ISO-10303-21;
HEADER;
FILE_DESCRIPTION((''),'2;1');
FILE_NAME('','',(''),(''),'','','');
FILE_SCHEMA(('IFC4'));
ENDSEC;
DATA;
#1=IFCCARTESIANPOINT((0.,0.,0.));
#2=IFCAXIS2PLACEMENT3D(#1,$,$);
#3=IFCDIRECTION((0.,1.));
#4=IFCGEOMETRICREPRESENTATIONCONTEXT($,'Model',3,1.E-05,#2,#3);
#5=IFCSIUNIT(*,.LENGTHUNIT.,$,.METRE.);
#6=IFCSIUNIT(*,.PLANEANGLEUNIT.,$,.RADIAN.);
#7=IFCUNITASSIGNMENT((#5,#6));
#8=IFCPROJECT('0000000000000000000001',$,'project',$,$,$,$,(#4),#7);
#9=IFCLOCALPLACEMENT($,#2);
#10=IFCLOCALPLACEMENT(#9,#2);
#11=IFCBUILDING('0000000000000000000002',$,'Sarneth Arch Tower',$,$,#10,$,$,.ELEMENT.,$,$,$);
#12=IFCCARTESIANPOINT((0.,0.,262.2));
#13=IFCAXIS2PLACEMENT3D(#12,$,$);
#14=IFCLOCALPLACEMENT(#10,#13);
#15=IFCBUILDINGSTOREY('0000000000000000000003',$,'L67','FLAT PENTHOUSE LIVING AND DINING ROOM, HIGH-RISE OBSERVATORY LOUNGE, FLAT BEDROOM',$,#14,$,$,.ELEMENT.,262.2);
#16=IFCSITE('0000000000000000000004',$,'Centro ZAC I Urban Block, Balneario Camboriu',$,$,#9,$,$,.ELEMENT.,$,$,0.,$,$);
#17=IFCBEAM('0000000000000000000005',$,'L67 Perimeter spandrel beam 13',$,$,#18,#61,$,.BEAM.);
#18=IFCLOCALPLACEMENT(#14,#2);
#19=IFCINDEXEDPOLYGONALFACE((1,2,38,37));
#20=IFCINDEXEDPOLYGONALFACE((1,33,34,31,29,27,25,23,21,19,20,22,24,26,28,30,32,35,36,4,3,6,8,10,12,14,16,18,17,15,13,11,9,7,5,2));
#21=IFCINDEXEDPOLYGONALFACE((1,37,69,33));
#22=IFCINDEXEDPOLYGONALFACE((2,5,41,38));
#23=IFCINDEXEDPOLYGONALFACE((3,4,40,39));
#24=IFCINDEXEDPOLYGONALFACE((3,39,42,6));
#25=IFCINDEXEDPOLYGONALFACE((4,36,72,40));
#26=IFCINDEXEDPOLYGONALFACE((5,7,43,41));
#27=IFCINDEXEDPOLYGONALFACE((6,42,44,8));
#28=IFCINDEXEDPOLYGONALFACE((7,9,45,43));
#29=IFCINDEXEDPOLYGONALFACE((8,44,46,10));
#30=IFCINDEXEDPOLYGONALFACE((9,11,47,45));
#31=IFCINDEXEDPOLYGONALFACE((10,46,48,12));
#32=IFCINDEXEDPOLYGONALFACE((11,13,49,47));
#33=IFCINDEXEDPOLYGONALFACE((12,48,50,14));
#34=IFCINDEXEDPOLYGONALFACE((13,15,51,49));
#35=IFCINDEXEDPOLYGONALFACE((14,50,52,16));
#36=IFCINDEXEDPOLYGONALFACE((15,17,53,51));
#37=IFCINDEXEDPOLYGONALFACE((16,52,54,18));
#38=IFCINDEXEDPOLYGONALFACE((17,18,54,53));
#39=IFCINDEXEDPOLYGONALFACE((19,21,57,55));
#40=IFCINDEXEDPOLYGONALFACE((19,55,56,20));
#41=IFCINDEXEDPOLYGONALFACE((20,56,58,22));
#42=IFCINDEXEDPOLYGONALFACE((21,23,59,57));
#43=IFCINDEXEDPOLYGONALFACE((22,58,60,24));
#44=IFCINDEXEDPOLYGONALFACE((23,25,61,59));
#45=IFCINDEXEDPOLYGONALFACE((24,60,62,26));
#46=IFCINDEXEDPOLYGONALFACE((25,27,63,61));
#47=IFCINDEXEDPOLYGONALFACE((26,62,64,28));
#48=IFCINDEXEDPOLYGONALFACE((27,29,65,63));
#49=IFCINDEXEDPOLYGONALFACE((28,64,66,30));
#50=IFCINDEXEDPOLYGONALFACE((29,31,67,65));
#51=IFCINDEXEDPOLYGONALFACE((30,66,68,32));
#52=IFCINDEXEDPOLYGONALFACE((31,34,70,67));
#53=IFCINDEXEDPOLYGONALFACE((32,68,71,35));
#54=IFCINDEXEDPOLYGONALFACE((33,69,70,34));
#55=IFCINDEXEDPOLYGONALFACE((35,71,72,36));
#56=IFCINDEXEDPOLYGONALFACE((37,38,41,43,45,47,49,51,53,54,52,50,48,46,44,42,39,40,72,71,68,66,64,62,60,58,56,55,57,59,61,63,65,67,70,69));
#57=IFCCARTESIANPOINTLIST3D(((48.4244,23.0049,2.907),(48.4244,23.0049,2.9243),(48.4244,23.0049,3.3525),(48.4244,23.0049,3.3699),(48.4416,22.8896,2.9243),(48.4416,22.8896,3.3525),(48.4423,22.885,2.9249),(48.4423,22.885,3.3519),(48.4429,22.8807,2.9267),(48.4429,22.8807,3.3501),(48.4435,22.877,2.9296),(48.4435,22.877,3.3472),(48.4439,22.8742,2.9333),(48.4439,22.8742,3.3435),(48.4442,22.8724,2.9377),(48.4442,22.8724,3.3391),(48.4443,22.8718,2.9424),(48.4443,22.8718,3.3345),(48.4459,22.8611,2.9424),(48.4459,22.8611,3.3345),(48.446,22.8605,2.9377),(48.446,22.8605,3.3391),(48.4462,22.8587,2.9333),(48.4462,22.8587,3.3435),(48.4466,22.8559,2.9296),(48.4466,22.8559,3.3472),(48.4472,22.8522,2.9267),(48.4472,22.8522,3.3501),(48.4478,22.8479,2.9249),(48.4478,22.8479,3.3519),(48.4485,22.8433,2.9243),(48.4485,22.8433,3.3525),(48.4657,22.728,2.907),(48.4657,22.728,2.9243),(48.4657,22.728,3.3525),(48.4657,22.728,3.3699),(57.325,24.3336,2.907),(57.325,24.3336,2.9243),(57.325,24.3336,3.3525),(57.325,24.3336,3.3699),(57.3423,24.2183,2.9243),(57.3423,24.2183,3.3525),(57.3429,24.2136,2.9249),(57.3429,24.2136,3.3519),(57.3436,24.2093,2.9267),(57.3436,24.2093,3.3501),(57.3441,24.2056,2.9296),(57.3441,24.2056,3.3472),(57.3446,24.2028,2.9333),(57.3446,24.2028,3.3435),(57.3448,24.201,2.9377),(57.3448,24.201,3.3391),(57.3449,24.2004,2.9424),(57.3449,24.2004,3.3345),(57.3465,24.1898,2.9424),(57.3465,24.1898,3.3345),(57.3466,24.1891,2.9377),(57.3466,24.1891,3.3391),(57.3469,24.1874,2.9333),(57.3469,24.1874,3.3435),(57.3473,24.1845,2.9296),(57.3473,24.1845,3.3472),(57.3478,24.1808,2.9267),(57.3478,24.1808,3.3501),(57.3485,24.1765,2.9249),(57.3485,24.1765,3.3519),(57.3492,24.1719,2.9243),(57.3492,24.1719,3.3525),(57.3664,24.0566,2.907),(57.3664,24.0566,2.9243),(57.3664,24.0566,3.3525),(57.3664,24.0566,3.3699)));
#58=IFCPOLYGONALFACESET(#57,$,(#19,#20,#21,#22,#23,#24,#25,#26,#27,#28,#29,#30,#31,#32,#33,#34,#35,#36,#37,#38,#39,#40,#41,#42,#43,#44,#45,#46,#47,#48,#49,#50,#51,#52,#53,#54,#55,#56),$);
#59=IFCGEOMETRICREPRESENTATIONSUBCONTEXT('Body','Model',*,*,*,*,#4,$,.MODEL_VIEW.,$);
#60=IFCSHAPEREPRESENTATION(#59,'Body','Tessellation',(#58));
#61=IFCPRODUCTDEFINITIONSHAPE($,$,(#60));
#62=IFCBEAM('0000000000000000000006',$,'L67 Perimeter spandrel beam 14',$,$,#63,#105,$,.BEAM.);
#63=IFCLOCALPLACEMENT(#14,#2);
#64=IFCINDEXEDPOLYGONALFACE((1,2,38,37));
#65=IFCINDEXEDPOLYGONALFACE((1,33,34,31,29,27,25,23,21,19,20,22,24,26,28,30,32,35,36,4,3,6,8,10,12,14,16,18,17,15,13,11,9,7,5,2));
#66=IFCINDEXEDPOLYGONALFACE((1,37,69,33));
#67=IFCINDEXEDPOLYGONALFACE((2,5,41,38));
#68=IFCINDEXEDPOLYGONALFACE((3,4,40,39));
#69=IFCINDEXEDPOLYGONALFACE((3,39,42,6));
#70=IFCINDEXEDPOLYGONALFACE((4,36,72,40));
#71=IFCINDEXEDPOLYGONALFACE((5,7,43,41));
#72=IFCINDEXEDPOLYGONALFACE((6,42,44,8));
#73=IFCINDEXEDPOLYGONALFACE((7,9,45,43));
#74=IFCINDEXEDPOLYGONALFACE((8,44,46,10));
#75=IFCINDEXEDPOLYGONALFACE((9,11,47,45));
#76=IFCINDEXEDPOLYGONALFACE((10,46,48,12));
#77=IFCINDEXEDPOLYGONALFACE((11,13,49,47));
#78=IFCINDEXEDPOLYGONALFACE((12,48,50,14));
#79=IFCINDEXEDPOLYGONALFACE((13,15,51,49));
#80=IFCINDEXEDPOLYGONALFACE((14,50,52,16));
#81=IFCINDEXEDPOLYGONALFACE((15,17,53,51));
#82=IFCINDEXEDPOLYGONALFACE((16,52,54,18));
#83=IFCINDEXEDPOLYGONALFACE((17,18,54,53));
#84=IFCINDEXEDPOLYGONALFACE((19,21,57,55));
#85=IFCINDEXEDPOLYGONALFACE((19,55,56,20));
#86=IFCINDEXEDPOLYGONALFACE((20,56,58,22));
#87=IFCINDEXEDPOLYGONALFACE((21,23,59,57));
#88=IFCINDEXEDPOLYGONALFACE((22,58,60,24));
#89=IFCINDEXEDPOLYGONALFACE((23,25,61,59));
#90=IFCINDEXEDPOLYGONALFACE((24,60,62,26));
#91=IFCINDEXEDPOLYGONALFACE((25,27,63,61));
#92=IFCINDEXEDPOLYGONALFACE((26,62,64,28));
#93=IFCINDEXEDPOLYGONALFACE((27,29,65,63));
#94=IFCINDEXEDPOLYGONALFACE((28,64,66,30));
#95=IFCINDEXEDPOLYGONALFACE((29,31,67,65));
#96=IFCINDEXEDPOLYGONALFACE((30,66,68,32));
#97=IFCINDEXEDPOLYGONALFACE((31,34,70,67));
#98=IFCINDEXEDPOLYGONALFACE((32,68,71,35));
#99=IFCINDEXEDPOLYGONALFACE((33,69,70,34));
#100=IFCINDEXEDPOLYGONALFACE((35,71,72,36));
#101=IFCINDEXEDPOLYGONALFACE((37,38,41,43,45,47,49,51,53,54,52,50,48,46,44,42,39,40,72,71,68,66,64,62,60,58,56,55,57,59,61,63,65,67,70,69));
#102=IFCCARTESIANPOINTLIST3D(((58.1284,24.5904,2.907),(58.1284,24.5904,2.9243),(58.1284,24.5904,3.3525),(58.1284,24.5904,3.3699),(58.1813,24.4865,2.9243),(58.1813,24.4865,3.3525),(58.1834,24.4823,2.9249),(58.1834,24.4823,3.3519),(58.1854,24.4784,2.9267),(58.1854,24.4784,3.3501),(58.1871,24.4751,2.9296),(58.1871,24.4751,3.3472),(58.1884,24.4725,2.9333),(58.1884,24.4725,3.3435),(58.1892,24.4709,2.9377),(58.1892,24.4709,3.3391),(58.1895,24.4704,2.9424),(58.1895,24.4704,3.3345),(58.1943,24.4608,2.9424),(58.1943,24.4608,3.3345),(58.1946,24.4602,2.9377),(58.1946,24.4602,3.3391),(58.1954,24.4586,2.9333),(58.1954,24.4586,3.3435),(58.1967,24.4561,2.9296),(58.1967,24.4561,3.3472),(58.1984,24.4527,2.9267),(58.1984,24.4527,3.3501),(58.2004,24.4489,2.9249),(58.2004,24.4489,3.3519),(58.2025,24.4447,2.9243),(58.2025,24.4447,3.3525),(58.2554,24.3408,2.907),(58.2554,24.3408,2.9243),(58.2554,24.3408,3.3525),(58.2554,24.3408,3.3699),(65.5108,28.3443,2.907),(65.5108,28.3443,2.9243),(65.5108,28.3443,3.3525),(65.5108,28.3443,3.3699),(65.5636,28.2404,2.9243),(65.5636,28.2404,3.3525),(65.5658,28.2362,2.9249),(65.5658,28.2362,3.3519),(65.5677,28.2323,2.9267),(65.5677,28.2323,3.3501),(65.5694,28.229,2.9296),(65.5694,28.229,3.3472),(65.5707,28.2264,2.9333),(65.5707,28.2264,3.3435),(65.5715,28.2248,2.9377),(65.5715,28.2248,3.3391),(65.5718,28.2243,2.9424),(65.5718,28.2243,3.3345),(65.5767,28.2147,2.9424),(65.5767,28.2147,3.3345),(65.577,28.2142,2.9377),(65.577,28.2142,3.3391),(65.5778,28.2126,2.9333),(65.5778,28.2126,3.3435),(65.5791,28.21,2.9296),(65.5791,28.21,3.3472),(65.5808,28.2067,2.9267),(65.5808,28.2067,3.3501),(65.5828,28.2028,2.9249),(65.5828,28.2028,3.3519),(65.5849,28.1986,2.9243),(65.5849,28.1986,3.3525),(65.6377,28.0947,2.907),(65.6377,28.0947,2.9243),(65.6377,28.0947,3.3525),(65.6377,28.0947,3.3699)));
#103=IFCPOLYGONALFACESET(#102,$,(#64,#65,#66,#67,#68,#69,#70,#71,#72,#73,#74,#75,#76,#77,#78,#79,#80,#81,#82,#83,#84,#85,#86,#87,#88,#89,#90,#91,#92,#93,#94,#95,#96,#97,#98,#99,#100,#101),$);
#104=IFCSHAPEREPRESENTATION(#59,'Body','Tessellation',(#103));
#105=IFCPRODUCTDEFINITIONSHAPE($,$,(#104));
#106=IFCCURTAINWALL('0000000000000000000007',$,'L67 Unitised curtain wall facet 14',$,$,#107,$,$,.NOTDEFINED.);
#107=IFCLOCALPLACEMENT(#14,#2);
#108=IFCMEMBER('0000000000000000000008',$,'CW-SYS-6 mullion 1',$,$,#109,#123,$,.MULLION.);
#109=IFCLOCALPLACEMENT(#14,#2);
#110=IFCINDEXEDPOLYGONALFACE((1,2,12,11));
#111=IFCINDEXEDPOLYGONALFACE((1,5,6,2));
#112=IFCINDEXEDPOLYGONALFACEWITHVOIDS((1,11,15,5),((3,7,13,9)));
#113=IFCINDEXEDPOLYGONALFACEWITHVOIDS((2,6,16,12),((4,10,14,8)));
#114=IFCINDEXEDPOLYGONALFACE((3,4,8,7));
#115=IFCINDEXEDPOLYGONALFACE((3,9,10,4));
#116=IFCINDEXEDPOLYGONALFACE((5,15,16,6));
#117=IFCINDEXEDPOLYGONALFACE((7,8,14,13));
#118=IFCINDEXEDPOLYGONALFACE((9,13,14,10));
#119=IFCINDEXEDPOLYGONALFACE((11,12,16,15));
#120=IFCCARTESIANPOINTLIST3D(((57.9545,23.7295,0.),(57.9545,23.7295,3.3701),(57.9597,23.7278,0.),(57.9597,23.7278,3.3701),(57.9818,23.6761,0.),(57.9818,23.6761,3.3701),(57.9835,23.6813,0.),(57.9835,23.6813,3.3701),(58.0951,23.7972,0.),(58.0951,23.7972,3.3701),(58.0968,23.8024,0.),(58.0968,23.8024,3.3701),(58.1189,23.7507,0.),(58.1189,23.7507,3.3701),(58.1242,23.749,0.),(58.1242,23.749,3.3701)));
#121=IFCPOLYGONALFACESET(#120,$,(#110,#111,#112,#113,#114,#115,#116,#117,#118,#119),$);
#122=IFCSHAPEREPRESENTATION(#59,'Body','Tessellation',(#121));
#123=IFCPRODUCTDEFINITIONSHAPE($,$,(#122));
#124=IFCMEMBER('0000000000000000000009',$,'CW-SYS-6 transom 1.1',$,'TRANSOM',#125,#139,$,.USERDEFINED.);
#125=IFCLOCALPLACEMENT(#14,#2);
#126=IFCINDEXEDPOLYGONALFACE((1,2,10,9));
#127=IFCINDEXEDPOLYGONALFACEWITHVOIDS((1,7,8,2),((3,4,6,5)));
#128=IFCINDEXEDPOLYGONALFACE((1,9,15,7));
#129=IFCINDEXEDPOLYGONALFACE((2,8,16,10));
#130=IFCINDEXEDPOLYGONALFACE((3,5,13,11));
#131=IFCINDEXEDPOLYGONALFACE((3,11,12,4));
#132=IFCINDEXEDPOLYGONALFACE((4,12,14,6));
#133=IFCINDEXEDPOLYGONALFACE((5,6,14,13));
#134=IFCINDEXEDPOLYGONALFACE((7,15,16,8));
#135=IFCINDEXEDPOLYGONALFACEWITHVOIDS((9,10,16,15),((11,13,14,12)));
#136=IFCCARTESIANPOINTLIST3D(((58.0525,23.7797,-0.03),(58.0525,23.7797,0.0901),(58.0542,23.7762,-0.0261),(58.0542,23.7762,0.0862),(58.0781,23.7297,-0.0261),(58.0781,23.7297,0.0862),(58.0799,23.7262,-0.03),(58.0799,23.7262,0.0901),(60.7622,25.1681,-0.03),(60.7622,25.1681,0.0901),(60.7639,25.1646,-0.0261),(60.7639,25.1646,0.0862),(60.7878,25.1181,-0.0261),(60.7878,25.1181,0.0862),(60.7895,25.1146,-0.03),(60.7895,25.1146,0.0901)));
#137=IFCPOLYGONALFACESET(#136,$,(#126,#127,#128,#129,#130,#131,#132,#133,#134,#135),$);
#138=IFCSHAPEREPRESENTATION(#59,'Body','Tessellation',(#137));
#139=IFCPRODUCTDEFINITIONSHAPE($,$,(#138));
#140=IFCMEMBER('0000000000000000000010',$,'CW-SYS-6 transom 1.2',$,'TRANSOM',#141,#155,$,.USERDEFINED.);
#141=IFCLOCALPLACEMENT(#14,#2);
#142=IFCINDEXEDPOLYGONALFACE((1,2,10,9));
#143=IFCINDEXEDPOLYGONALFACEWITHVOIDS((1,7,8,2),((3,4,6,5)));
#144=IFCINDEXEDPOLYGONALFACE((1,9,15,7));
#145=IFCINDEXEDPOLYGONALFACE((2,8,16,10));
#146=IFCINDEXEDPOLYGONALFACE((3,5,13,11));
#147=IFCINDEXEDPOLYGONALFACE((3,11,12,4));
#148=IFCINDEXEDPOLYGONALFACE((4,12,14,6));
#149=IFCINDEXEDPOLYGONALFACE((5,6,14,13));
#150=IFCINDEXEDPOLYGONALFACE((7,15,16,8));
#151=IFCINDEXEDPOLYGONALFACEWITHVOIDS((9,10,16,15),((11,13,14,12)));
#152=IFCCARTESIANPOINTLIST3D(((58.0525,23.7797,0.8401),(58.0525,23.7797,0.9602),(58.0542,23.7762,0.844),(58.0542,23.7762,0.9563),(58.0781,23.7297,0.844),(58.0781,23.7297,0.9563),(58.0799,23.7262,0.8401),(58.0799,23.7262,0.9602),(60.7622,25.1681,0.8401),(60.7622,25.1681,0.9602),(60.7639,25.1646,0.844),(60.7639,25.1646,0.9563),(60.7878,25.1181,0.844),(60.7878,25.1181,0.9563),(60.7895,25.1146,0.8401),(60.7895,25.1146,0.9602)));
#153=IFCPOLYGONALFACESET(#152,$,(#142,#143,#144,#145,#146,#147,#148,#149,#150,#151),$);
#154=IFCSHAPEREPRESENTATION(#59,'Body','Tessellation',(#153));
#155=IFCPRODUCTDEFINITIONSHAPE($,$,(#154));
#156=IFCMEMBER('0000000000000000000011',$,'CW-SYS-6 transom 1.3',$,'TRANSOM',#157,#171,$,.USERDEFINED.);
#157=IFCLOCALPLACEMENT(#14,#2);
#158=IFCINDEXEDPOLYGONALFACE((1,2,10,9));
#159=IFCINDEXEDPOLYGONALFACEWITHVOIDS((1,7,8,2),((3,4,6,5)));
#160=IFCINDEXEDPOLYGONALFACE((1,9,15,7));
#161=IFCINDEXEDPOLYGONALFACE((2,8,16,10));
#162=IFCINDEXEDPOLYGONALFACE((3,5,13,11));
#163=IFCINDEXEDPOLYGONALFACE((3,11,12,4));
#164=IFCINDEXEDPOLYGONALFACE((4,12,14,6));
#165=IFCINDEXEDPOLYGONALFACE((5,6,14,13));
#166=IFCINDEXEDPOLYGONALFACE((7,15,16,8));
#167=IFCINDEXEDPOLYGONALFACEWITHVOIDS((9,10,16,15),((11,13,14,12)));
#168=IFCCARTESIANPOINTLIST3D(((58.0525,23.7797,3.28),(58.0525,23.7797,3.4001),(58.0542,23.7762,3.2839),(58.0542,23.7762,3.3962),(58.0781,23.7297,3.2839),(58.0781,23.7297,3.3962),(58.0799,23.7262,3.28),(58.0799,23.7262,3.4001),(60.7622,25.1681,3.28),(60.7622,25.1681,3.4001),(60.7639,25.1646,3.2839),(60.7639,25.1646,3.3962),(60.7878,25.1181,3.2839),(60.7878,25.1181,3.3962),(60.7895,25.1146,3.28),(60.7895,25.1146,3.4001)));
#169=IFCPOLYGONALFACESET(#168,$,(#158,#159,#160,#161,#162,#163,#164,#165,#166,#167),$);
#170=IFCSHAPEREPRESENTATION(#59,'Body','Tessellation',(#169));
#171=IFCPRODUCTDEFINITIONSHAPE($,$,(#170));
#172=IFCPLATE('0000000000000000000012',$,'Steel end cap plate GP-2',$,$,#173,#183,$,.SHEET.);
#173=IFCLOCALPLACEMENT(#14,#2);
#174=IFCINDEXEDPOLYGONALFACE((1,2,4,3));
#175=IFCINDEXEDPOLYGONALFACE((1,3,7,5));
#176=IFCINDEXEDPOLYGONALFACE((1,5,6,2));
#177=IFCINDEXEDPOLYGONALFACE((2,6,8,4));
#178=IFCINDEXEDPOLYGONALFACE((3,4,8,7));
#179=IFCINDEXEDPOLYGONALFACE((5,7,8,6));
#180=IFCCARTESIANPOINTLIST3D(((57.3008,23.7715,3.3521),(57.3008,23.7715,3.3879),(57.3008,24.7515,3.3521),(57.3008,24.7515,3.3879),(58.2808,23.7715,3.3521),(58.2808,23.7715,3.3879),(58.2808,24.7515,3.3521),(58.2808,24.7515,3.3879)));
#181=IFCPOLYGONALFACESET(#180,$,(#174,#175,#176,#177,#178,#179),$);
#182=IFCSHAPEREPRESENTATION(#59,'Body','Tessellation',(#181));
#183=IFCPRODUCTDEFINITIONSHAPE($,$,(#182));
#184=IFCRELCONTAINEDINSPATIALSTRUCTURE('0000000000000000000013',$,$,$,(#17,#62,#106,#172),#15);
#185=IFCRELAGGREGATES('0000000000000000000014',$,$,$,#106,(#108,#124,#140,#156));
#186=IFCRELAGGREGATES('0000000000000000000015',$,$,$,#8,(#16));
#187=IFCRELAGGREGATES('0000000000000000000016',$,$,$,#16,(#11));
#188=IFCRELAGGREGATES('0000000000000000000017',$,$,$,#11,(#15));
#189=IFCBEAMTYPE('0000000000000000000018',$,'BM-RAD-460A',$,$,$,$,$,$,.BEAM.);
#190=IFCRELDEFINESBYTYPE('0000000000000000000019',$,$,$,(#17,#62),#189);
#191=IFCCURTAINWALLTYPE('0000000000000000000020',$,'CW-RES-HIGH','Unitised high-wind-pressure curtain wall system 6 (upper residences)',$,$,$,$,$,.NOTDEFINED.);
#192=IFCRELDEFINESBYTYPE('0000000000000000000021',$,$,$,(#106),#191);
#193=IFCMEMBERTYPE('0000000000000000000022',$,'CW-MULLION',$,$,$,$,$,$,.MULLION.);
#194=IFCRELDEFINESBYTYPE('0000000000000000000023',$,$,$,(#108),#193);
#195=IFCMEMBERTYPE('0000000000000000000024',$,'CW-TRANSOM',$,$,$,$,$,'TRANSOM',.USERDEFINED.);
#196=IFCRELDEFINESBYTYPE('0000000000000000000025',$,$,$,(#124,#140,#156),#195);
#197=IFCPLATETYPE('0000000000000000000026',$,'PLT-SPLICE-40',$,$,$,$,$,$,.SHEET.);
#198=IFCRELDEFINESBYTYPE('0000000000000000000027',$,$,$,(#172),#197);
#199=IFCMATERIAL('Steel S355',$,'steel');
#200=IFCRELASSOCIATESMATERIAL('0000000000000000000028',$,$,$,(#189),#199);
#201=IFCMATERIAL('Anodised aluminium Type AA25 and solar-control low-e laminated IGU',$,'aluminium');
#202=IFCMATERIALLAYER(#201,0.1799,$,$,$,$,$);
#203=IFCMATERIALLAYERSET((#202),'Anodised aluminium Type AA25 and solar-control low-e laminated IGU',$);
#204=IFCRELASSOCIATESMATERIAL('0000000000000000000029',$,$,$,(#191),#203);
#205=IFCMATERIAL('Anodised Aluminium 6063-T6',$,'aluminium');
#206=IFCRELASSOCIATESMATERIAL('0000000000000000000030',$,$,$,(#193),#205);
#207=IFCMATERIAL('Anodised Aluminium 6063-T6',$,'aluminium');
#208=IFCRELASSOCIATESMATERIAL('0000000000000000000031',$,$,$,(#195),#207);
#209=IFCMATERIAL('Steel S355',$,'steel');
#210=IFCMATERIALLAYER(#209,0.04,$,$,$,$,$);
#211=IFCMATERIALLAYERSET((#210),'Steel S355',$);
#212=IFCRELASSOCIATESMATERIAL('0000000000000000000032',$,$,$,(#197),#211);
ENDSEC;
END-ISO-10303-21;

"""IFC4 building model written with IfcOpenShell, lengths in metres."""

from ifc_helpers import new_model, si_unit, direction, frame, origin, origin_2d, place, context, subcontext, project, spatial, rectangle, hollow_rectangle, i_section, extrude, material, layer, layer_set, material_profile, profile_set, type_object, element, aggregate, save


model = new_model("IFC4")

# Units and contexts
model_context = context("Model", 3, precision=1e-05, world=origin(), true_north=direction((0.0, 1.0)))
body_context = subcontext(model_context, "Body", "Model", "MODEL_VIEW")
ifc_project = project(units=[si_unit("LENGTHUNIT", "METRE"), si_unit("PLANEANGLEUNIT", "RADIAN")], contexts=[model_context])

# Site, building, storey
site_placement = place(None, origin())
site = spatial("IfcSite", under=ifc_project, at=site_placement, Name="Centro ZAC I Urban Block, Balneario Camboriu", CompositionType="ELEMENT", RefElevation=0.0)
building_placement = place(site_placement, origin())
building = spatial("IfcBuilding", under=site, at=building_placement, Name="Sarneth Arch Tower", CompositionType="ELEMENT")
storey_placement = place(building_placement, frame((0.0, 0.0, 262.2)))
storey = spatial("IfcBuildingStorey", under=building, at=storey_placement, Name="L67", Description="FLAT PENTHOUSE LIVING AND DINING ROOM, HIGH-RISE OBSERVATORY LOUNGE, FLAT BEDROOM", CompositionType="ELEMENT", Elevation=262.2)

# Beams
ifc_material_1 = material(Name="Steel S355", Category="steel")
ifc_material_profile_1 = material_profile(ifc_material_1, i_section(OverallWidth=0.28, OverallDepth=0.4629, WebThickness=0.0107, FlangeThickness=0.0173, FilletRadius=0.0181, at=origin_2d()), Name="W460x113")
ifc_profile_set_1 = profile_set([ifc_material_profile_1], Name="Steel S355")
beam_type_1 = type_object("IfcBeamType", Name="BM-RAD-460A", PredefinedType="BEAM", material=ifc_profile_set_1)
beam_1_placement = place(storey_placement, frame((48.4451, 22.8665, 3.1384), z_axis=(0.989042, 0.147636, 0.0), x_axis=(-0.147636, 0.989042, 0.0)))
element("IfcBeam", 1, at=beam_1_placement, inside=storey, type_object=beam_type_1, Name="L67 Perimeter spandrel beam 13", PredefinedType="BEAM", context=body_context, shape_type="SweptSolid", body=[
    extrude(i_section(OverallWidth=0.28, OverallDepth=0.4629, WebThickness=0.0107, FlangeThickness=0.0173, FilletRadius=0.0181, at=origin_2d()), origin(), (0.0, 0.0, 1.0), 8.9993),
])
beam_2_placement = place(storey_placement, frame((58.1919, 24.4656, 3.1384), z_axis=(0.891376, 0.453264, 0.0), x_axis=(-0.453264, 0.891376, 0.0)))
element("IfcBeam", 2, at=beam_2_placement, inside=storey, type_object=beam_type_1, Name="L67 Perimeter spandrel beam 14", PredefinedType="BEAM", context=body_context, shape_type="SweptSolid", body=[
    extrude(i_section(OverallWidth=0.28, OverallDepth=0.4629, WebThickness=0.0107, FlangeThickness=0.0173, FilletRadius=0.0181, at=origin_2d()), origin(), (0.0, 0.0, 1.0), 8.282),
])

# Curtain wall, members
ifc_material_2 = material(Name="Anodised aluminium Type AA25 and solar-control low-e laminated IGU", Category="aluminium")
ifc_layer_1 = layer(ifc_material_2, 0.1799)
ifc_layer_set_1 = layer_set([ifc_layer_1], Name="Anodised aluminium Type AA25 and solar-control low-e laminated IGU")
curtain_wall_type = type_object("IfcCurtainWallType", Name="CW-RES-HIGH", Description="Unitised high-wind-pressure curtain wall system 6 (upper residences)", PredefinedType="NOTDEFINED", material=ifc_layer_set_1)
curtain_wall_placement = place(storey_placement, origin())
curtain_wall = element("IfcCurtainWall", 3, at=curtain_wall_placement, inside=storey, type_object=curtain_wall_type, Name="L67 Unitised curtain wall facet 14", PredefinedType="NOTDEFINED")
ifc_material_3 = material(Name="Anodised Aluminium 6063-T6", Category="aluminium")
ifc_material_profile_2 = material_profile(ifc_material_3, hollow_rectangle(XDim=0.0601, YDim=0.1599, WallThickness=0.0039, at=origin_2d()), Name="AL-MULL-160x60x4")
ifc_profile_set_2 = profile_set([ifc_material_profile_2], Name="Anodised Aluminium 6063-T6")
member_type_1 = type_object("IfcMemberType", Name="CW-MULLION", PredefinedType="MULLION", material=ifc_profile_set_2)
member_1_placement = place(storey_placement, frame((58.0393, 23.7393, 0.0), z_axis=(0.0, 0.0, 1.0), x_axis=(-0.455942, 0.89001, 0.0)))
member_1 = element("IfcMember", 4, at=member_1_placement, type_object=member_type_1, Name="CW-SYS-6 mullion 1", PredefinedType="MULLION", context=body_context, shape_type="SweptSolid", body=[
    extrude(hollow_rectangle(XDim=0.0601, YDim=0.1599, WallThickness=0.0039, at=origin_2d()), origin(), (0.0, 0.0, 1.0), 3.3701),
])
ifc_material_4 = material(Name="Anodised Aluminium 6063-T6", Category="aluminium")
ifc_material_profile_3 = material_profile(ifc_material_4, hollow_rectangle(XDim=0.0601, YDim=0.1201, WallThickness=0.0039, at=origin_2d()), Name="AL-TRAN-120x60x4")
ifc_profile_set_3 = profile_set([ifc_material_profile_3], Name="Anodised Aluminium 6063-T6")
member_type_2 = type_object("IfcMemberType", Name="CW-TRANSOM", ElementType="TRANSOM", PredefinedType="USERDEFINED", material=ifc_profile_set_3)
member_2_placement = place(storey_placement, frame((58.0662, 23.7529, 0.03), z_axis=(0.889974, 0.456012, 0.0), x_axis=(-0.456012, 0.889974, 0.0)))
member_2 = element("IfcMember", 5, at=member_2_placement, type_object=member_type_2, Name="CW-SYS-6 transom 1.1", ObjectType="TRANSOM", PredefinedType="USERDEFINED", context=body_context, shape_type="SweptSolid", body=[
    extrude(hollow_rectangle(XDim=0.0601, YDim=0.1201, WallThickness=0.0039, at=origin_2d()), origin(), (0.0, 0.0, 1.0), 3.0447),
])
member_3_placement = place(storey_placement, frame((58.0662, 23.7529, 0.9001), z_axis=(0.889974, 0.456012, 0.0), x_axis=(-0.456012, 0.889974, 0.0)))
member_3 = element("IfcMember", 6, at=member_3_placement, type_object=member_type_2, Name="CW-SYS-6 transom 1.2", ObjectType="TRANSOM", PredefinedType="USERDEFINED", context=body_context, shape_type="SweptSolid", body=[
    extrude(hollow_rectangle(XDim=0.0601, YDim=0.1201, WallThickness=0.0039, at=origin_2d()), origin(), (0.0, 0.0, 1.0), 3.0447),
])
member_4_placement = place(storey_placement, frame((58.0662, 23.7529, 3.3401), z_axis=(0.889974, 0.456012, 0.0), x_axis=(-0.456012, 0.889974, 0.0)))
member_4 = element("IfcMember", 7, at=member_4_placement, type_object=member_type_2, Name="CW-SYS-6 transom 1.3", ObjectType="TRANSOM", PredefinedType="USERDEFINED", context=body_context, shape_type="SweptSolid", body=[
    extrude(hollow_rectangle(XDim=0.0601, YDim=0.1201, WallThickness=0.0039, at=origin_2d()), origin(), (0.0, 0.0, 1.0), 3.0447),
])
aggregate(curtain_wall, [member_1, member_2, member_3, member_4])

# Plate
ifc_material_5 = material(Name="Steel S355", Category="steel")
ifc_layer_2 = layer(ifc_material_5, 0.04)
ifc_layer_set_2 = layer_set([ifc_layer_2], Name="Steel S355")
plate_type = type_object("IfcPlateType", Name="PLT-SPLICE-40", PredefinedType="SHEET", material=ifc_layer_set_2)
plate_placement = place(storey_placement, frame((57.7908, 24.2615, 3.3521), z_axis=(0.0, 0.0, 1.0), x_axis=(1.0, 0.0, 0.0)))
element("IfcPlate", 8, at=plate_placement, inside=storey, type_object=plate_type, Name="Steel end cap plate GP-2", PredefinedType="SHEET", context=body_context, shape_type="SweptSolid", body=[
    extrude(rectangle(XDim=0.98, YDim=0.98, at=origin_2d()), origin(), (0.0, 0.0, 1.0), 0.0359),
])

save(model, "model.ifc")
